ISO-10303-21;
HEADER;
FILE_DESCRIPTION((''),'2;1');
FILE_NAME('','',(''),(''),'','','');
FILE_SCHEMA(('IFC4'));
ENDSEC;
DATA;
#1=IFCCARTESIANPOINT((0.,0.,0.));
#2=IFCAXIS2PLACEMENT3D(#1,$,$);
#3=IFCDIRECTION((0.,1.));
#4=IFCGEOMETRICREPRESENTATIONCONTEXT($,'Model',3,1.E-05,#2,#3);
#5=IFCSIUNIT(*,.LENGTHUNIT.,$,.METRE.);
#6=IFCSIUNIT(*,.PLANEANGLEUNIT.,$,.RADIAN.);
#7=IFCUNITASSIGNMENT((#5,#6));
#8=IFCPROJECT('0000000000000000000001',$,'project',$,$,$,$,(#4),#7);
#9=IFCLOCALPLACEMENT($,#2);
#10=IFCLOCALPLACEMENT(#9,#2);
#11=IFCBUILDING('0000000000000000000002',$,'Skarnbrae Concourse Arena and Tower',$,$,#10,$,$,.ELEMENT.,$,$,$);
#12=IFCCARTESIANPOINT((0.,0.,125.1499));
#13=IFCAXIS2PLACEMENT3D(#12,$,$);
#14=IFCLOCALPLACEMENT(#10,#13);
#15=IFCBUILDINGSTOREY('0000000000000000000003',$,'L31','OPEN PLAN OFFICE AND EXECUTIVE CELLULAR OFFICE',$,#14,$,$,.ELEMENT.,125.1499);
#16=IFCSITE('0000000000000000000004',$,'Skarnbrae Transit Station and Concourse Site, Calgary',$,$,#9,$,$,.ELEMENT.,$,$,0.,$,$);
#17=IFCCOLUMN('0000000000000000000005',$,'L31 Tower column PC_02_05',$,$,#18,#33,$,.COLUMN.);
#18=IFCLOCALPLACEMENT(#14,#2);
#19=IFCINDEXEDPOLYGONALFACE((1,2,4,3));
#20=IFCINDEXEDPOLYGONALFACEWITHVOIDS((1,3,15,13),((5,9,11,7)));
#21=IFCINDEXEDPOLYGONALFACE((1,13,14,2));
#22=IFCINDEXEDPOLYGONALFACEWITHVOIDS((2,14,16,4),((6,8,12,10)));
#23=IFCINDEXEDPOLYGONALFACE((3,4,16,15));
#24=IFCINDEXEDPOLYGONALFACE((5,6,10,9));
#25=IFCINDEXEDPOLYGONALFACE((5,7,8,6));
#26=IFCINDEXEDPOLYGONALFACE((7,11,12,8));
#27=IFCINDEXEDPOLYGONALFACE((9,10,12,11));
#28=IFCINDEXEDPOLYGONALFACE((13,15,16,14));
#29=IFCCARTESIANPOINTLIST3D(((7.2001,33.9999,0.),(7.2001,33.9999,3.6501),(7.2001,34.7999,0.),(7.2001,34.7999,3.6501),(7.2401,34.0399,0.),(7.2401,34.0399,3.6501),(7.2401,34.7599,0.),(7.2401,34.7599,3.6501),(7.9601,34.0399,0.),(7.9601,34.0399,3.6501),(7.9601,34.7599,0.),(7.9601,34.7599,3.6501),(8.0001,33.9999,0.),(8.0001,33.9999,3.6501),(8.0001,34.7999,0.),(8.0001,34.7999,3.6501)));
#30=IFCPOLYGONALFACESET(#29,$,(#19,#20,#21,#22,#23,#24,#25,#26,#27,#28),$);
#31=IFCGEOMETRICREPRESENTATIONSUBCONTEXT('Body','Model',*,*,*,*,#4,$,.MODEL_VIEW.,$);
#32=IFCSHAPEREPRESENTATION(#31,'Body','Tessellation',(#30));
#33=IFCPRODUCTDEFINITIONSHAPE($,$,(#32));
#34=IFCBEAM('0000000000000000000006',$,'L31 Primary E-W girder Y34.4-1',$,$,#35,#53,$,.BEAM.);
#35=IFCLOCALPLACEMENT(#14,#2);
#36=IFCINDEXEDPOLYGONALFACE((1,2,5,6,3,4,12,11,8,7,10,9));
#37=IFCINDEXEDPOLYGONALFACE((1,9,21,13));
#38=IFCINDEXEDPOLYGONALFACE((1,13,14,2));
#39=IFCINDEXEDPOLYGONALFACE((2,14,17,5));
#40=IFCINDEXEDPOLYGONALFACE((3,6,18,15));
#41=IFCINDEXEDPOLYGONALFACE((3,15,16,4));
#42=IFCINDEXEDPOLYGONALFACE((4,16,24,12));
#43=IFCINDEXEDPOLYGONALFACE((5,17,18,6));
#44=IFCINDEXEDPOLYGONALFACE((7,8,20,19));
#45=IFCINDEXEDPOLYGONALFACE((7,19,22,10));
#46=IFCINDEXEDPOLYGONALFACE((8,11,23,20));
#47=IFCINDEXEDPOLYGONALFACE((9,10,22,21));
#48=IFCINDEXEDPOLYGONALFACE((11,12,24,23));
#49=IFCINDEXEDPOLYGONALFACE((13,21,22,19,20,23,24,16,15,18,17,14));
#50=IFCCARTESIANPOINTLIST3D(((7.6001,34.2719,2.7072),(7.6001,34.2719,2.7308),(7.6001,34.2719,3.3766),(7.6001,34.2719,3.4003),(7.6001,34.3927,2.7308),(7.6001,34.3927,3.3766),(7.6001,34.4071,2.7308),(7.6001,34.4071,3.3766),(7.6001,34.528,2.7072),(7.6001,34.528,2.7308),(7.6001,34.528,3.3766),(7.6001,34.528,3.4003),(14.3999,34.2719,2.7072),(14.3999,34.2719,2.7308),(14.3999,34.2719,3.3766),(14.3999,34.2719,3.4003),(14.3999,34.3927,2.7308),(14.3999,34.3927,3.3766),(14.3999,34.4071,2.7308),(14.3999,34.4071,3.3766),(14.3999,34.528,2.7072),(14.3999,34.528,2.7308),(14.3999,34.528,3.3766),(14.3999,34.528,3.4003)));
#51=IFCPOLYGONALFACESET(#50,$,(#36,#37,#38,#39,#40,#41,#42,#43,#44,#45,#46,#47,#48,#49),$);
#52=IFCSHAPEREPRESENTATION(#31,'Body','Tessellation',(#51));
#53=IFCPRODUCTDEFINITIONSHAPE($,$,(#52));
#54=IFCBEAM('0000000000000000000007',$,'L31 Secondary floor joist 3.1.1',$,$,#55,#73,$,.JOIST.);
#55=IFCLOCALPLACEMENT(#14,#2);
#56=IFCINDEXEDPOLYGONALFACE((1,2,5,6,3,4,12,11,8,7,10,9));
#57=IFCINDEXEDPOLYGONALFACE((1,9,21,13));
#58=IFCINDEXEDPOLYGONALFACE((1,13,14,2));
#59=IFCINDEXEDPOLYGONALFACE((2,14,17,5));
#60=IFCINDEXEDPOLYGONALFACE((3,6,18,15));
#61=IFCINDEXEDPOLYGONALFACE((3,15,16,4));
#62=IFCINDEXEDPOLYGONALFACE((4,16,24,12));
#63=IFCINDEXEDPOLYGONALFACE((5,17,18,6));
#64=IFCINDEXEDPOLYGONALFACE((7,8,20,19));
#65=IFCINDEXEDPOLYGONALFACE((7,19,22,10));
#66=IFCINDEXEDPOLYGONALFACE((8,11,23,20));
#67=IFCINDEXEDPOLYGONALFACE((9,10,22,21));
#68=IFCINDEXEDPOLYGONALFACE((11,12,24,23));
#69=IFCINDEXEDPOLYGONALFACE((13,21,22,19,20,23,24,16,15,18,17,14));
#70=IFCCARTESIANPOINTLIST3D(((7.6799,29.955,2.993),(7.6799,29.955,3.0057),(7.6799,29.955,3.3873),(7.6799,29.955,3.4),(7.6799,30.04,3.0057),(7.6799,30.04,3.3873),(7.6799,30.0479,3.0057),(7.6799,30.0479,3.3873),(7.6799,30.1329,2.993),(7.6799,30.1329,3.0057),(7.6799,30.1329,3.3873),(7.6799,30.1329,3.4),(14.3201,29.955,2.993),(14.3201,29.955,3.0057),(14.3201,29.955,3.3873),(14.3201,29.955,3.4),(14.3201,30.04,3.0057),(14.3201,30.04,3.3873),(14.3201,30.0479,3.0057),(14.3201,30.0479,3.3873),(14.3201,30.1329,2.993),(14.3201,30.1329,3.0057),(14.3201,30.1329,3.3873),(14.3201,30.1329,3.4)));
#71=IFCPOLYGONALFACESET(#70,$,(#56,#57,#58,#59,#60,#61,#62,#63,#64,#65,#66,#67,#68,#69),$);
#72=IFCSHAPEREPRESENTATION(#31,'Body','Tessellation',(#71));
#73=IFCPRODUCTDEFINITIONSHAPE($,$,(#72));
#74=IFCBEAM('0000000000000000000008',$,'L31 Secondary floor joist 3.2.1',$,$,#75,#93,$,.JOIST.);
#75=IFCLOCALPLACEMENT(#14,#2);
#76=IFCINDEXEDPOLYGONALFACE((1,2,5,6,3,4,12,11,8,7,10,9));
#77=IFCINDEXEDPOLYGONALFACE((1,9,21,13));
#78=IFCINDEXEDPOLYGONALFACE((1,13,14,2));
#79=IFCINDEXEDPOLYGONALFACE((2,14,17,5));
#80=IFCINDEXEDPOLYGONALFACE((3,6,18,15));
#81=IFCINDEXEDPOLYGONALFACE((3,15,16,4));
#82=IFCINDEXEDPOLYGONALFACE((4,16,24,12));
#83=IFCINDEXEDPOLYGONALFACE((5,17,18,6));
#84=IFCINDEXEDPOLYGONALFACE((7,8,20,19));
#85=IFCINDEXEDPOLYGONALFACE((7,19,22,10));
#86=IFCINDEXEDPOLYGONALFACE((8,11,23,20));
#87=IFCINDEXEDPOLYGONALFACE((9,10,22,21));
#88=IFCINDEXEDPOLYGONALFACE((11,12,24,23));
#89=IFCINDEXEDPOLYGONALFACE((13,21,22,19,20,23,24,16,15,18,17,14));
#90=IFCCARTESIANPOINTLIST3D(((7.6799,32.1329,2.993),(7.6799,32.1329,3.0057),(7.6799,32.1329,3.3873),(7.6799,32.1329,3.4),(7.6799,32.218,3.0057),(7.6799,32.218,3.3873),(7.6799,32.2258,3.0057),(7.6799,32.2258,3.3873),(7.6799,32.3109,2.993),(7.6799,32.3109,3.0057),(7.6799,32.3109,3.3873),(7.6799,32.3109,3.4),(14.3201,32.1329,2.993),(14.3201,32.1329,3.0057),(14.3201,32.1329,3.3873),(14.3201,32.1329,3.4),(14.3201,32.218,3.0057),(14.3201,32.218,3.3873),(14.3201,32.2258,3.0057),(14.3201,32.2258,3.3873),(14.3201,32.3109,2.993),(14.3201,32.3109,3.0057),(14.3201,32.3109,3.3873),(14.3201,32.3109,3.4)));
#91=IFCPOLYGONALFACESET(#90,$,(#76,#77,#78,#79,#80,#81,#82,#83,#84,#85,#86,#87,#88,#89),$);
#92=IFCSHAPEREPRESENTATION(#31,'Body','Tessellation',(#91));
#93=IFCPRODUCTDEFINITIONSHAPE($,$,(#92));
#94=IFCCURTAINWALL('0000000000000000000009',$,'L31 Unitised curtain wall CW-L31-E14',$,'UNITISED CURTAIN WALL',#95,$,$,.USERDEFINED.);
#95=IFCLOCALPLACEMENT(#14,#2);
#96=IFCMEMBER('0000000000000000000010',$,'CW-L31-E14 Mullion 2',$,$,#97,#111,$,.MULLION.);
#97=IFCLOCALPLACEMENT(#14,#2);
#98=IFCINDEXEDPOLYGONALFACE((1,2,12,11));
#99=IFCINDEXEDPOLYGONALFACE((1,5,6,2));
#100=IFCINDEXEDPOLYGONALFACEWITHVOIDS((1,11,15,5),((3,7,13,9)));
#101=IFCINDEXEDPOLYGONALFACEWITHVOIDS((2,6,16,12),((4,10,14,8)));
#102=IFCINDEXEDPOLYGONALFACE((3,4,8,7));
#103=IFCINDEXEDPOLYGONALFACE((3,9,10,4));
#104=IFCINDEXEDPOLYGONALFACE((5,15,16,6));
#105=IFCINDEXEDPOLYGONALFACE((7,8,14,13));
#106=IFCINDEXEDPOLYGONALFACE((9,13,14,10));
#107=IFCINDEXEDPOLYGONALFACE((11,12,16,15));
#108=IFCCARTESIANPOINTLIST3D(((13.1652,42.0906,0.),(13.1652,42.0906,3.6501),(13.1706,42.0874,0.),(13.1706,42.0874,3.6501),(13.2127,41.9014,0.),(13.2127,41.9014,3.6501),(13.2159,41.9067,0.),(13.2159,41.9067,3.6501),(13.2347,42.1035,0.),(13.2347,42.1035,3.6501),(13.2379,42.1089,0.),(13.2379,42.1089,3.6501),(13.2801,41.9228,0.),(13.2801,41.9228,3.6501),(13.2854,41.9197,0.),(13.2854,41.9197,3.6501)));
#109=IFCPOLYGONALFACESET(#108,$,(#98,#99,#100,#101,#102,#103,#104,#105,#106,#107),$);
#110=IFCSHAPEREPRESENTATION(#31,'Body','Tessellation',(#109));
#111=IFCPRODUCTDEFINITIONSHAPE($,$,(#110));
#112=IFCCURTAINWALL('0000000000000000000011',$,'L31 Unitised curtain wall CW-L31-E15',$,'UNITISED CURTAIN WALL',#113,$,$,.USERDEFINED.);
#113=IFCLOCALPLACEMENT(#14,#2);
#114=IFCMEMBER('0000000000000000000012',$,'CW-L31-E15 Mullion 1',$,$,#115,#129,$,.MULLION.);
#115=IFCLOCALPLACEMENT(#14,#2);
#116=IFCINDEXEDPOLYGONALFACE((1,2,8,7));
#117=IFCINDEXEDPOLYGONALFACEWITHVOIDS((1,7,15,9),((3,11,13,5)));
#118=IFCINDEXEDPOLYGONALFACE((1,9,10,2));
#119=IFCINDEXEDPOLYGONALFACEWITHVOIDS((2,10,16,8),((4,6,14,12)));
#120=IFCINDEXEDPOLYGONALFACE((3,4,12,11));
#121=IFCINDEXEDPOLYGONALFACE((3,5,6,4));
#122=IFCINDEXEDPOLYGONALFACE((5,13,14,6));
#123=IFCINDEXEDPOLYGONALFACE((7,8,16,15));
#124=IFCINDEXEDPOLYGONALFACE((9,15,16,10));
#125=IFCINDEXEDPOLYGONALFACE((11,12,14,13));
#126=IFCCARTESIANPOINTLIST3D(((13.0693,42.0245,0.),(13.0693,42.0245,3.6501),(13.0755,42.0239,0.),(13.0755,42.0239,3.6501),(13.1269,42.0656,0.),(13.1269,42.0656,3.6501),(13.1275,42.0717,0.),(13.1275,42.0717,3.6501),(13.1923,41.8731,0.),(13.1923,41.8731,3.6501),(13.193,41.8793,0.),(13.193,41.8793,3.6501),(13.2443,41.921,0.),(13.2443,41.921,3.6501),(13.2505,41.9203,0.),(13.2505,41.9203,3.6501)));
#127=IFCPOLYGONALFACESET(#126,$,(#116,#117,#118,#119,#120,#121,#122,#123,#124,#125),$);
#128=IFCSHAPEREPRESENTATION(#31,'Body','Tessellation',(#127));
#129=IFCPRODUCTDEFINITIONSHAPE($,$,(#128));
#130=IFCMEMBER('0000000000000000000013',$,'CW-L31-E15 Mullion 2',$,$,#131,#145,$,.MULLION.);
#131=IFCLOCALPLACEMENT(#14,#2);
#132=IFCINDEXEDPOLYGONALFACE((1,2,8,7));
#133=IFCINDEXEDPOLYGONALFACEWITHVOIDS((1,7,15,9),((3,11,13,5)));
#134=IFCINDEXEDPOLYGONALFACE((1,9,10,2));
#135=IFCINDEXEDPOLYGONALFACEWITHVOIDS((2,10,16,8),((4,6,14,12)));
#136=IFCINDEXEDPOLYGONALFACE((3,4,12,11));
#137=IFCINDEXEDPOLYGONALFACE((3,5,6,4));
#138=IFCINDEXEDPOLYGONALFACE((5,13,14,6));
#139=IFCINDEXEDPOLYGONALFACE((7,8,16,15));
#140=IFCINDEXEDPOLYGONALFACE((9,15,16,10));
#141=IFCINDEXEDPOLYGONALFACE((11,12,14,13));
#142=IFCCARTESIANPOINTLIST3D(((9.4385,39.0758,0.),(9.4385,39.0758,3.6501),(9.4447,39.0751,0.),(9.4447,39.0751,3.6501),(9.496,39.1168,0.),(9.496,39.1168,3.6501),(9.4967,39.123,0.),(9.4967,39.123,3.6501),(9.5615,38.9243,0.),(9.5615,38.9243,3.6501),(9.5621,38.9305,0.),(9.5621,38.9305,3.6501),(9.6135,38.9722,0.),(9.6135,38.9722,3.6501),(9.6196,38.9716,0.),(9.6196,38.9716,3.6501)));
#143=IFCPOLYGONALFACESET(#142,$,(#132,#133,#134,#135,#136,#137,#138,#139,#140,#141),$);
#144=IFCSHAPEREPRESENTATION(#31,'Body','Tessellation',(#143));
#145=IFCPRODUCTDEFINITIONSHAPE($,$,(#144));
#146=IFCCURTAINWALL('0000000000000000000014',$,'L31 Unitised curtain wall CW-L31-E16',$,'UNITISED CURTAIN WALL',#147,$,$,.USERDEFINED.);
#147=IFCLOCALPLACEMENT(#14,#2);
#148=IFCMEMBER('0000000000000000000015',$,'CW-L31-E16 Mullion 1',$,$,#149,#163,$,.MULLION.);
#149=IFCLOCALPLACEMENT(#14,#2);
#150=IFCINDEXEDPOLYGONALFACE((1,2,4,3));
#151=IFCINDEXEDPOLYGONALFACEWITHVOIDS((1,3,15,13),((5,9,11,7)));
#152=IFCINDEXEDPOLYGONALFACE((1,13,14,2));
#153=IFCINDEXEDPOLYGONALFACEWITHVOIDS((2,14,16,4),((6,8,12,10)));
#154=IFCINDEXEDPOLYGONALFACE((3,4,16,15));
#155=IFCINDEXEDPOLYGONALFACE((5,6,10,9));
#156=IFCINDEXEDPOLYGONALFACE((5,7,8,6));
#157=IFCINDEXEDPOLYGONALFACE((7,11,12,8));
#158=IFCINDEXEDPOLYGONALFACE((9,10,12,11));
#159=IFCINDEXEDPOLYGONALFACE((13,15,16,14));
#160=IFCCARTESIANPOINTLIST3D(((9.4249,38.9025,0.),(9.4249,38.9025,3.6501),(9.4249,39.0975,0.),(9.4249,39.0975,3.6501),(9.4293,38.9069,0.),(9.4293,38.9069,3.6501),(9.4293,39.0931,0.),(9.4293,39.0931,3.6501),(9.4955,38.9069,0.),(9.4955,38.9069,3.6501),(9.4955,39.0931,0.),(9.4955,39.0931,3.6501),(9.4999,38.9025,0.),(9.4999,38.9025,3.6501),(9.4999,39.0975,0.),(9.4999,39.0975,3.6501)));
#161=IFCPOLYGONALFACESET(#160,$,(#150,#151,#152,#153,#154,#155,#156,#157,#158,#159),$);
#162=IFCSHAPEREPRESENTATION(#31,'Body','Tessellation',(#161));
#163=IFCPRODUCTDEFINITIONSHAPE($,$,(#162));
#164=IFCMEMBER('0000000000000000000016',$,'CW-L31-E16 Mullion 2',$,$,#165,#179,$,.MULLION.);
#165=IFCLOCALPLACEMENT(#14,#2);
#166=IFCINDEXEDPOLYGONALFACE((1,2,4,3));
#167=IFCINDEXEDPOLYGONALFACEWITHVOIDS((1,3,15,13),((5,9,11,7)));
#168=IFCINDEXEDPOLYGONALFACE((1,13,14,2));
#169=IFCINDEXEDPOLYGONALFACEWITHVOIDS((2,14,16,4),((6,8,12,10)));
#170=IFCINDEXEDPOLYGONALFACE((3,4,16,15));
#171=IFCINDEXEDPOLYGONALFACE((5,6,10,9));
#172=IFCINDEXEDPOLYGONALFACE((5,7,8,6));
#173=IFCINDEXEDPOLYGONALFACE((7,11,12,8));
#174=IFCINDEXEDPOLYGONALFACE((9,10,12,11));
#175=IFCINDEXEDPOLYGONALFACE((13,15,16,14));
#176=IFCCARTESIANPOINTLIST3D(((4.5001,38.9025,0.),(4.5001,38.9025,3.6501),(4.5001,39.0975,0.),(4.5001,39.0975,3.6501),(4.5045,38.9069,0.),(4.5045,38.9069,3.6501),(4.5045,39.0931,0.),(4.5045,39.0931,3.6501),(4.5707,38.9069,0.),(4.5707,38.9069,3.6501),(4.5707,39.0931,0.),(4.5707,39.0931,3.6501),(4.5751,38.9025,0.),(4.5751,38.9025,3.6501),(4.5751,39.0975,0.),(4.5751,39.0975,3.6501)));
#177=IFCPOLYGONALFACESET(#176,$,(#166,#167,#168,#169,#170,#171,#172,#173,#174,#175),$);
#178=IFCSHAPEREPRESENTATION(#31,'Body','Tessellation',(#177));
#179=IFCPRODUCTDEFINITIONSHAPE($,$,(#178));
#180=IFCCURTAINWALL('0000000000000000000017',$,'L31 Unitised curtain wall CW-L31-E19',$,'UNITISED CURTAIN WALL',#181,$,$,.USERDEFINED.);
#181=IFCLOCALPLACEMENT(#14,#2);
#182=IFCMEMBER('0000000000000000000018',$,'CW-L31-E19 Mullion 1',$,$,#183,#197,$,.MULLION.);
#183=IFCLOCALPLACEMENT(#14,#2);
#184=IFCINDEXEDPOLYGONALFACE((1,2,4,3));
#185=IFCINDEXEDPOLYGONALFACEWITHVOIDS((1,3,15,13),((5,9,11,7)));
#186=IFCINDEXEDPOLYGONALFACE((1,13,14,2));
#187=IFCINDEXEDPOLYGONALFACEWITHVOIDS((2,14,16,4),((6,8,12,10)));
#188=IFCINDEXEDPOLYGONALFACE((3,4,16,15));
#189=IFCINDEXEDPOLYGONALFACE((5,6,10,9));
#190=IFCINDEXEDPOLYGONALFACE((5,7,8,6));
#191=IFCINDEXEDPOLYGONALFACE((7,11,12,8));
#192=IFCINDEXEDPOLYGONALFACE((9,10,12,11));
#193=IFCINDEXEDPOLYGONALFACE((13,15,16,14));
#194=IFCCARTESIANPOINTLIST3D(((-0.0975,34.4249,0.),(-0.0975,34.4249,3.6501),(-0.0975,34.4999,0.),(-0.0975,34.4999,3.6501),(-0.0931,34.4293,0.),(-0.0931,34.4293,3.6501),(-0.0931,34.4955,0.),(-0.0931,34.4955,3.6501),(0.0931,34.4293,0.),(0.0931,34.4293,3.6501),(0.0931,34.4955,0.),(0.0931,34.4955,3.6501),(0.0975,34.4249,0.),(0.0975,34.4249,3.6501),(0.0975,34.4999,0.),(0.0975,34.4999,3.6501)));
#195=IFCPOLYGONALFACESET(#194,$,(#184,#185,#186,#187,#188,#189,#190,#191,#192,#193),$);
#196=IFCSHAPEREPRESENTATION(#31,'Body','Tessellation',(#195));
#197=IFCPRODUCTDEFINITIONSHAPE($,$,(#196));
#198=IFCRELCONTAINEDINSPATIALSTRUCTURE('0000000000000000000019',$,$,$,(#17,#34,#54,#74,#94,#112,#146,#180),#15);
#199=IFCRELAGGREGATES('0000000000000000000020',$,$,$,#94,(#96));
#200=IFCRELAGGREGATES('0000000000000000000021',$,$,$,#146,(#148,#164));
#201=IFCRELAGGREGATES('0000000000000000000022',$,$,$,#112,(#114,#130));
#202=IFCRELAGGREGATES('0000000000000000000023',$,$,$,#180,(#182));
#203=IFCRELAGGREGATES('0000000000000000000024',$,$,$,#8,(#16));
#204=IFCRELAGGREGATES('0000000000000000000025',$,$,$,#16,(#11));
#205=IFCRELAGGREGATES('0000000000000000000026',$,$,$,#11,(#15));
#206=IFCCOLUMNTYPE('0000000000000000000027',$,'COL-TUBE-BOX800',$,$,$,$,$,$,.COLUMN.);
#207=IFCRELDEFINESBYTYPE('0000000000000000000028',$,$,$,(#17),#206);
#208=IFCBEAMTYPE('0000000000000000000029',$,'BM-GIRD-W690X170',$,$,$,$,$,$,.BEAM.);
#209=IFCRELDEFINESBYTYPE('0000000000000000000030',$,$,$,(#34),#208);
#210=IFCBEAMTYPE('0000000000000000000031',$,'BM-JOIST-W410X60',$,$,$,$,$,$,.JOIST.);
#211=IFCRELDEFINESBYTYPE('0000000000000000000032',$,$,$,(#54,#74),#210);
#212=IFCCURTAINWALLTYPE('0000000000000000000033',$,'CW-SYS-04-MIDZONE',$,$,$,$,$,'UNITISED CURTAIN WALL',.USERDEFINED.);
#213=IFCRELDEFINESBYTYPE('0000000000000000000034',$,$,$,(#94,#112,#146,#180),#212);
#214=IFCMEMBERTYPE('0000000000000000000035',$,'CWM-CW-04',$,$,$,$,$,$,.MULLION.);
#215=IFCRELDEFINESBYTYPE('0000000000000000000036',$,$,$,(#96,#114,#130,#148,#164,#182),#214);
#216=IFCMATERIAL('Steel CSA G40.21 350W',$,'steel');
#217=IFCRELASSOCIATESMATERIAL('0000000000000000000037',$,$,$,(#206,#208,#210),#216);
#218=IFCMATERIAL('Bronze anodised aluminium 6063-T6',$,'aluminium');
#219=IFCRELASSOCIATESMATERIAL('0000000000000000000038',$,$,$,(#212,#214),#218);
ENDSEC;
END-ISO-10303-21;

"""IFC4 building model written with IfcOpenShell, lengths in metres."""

from ifc_helpers import new_model, si_unit, direction, frame, origin, origin_2d, place, context, subcontext, project, spatial, hollow_rectangle, i_section, extrude, source, transform, mapped, material, material_profile, profile_set, type_object, element, aggregate, save


model = new_model("IFC4")

# Units and contexts
model_context = context("Model", 3, precision=1e-05, world=origin(), true_north=direction((0.0, 1.0)))
body_context = subcontext(model_context, "Body", "Model", "MODEL_VIEW")
ifc_project = project(units=[si_unit("LENGTHUNIT", "METRE"), si_unit("PLANEANGLEUNIT", "RADIAN")], contexts=[model_context])

# Site, building, storey
site_placement = place(None, origin())
site = spatial("IfcSite", under=ifc_project, at=site_placement, Name="Skarnbrae Transit Station and Concourse Site, Calgary", CompositionType="ELEMENT", RefElevation=0.0)
building_placement = place(site_placement, origin())
building = spatial("IfcBuilding", under=site, at=building_placement, Name="Skarnbrae Concourse Arena and Tower", CompositionType="ELEMENT")
storey_placement = place(building_placement, frame((0.0, 0.0, 125.1499)))
storey = spatial("IfcBuildingStorey", under=building, at=storey_placement, Name="L31", Description="OPEN PLAN OFFICE AND EXECUTIVE CELLULAR OFFICE", CompositionType="ELEMENT", Elevation=125.1499)

# Column
ifc_material_1 = material(Name="Steel CSA G40.21 350W", Category="steel")
ifc_material_profile_1 = material_profile(ifc_material_1, hollow_rectangle(XDim=0.8, YDim=0.8, WallThickness=0.04, at=origin_2d()), Name="BOX800X800X40")
ifc_profile_set_1 = profile_set([ifc_material_profile_1], Name="Steel CSA G40.21 350W")
column_type = type_object("IfcColumnType", Name="COL-TUBE-BOX800", PredefinedType="COLUMN", material=ifc_profile_set_1)
shared_shape_1 = source(origin(), body_context, "Body", "SweptSolid", [
    extrude(hollow_rectangle(XDim=0.8, YDim=0.8, WallThickness=0.04, at=origin_2d()), origin(), (0.0, 0.0, 1.0), 3.6501),
])
column_placement = place(storey_placement, frame((7.6001, 34.3999, 0.0), z_axis=(0.0, 0.0, 1.0), x_axis=(1.0, 0.0, 0.0)))
element("IfcColumn", 1, at=column_placement, inside=storey, type_object=column_type, Name="L31 Tower column PC_02_05", PredefinedType="COLUMN", context=body_context, shape_type="MappedRepresentation", body=[
    mapped(shared_shape_1, transform((0.0, 0.0, 0.0))),
])

# Beams
ifc_material_profile_2 = material_profile(ifc_material_1, i_section(OverallWidth=0.2561, OverallDepth=0.6931, WebThickness=0.0144, FlangeThickness=0.0237, at=origin_2d()), Name="W690X170")
ifc_profile_set_2 = profile_set([ifc_material_profile_2], Name="Steel CSA G40.21 350W")
beam_type_1 = type_object("IfcBeamType", Name="BM-GIRD-W690X170", PredefinedType="BEAM", material=ifc_profile_set_2)
shared_shape_2 = source(origin(), body_context, "Body", "SweptSolid", [
    extrude(i_section(OverallWidth=0.2561, OverallDepth=0.6931, WebThickness=0.0144, FlangeThickness=0.0237, at=origin_2d()), origin(), (0.0, 0.0, 1.0), 6.7998),
])
beam_placement = place(storey_placement, frame((7.6001, 34.3999, 3.0537), z_axis=(1.0, 0.0, 0.0), x_axis=(0.0, 1.0, 0.0)))
element("IfcBeam", 2, at=beam_placement, inside=storey, type_object=beam_type_1, Name="L31 Primary E-W girder Y34.4-1", PredefinedType="BEAM", context=body_context, shape_type="MappedRepresentation", body=[
    mapped(shared_shape_2, transform((0.0, 0.0, 0.0))),
])
ifc_material_profile_3 = material_profile(ifc_material_1, i_section(OverallWidth=0.178, OverallDepth=0.407, WebThickness=0.0078, FlangeThickness=0.0127, at=origin_2d()), Name="W410X60")
ifc_profile_set_3 = profile_set([ifc_material_profile_3], Name="Steel CSA G40.21 350W")
beam_type_2 = type_object("IfcBeamType", Name="BM-JOIST-W410X60", PredefinedType="JOIST", material=ifc_profile_set_3)
shared_shape_3 = source(origin(), body_context, "Body", "SweptSolid", [
    extrude(i_section(OverallWidth=0.178, OverallDepth=0.407, WebThickness=0.0078, FlangeThickness=0.0127, at=origin_2d()), origin(), (0.0, 0.0, 1.0), 6.6401),
])
for number, where, z_axis, x_axis, name in (
    (3, (7.6799, 30.0439, 3.1965), (1.0, 0.0, 0.0), (0.0, 1.0, 0.0), "L31 Secondary floor joist 3.1.1"),
    (4, (7.6799, 32.2219, 3.1965), (1.0, 0.0, 0.0), (0.0, 1.0, 0.0), "L31 Secondary floor joist 3.2.1"),
):
    element("IfcBeam", number, at=place(storey_placement, frame(where, z_axis=z_axis, x_axis=x_axis)), inside=storey, type_object=beam_type_2, Name=name, PredefinedType="JOIST", context=body_context, shape_type="MappedRepresentation", body=[
        mapped(shared_shape_3, transform((0.0, 0.0, 0.0))),
    ])

# Curtain wall, member
ifc_material_2 = material(Name="Bronze anodised aluminium 6063-T6", Category="aluminium")
curtain_wall_type = type_object("IfcCurtainWallType", Name="CW-SYS-04-MIDZONE", ElementType="UNITISED CURTAIN WALL", PredefinedType="USERDEFINED", material=ifc_material_2)
curtain_wall_1_placement = place(storey_placement, origin())
curtain_wall_1 = element("IfcCurtainWall", 5, at=curtain_wall_1_placement, inside=storey, type_object=curtain_wall_type, Name="L31 Unitised curtain wall CW-L31-E14", ObjectType="UNITISED CURTAIN WALL", PredefinedType="USERDEFINED")
ifc_material_profile_4 = material_profile(ifc_material_2, hollow_rectangle(XDim=0.075, YDim=0.1951, WallThickness=0.0044, at=origin_2d()), Name="ALU-MULL-75X195")
ifc_profile_set_4 = profile_set([ifc_material_profile_4], Name="Bronze anodised aluminium 6063-T6")
member_type_1 = type_object("IfcMemberType", Name="CWM-CW-04", PredefinedType="MULLION", material=ifc_profile_set_4)
shared_shape_4 = source(origin(), body_context, "Body", "SweptSolid", [
    extrude(hollow_rectangle(XDim=0.075, YDim=0.1951, WallThickness=0.0044, at=origin_2d()), origin(), (0.0, 0.0, 1.0), 3.6501),
])
member_1_placement = place(storey_placement, frame((13.2253, 42.0051, 0.0), z_axis=(0.0, 0.0, 1.0), x_axis=(-0.969903, -0.243491, 0.0)))
member_1 = element("IfcMember", 6, at=member_1_placement, type_object=member_type_1, Name="CW-L31-E14 Mullion 2", PredefinedType="MULLION", context=body_context, shape_type="MappedRepresentation", body=[
    mapped(shared_shape_4, transform((0.0, 0.0, 0.0))),
])
aggregate(curtain_wall_1, [member_1])

# Curtain walls, members
curtain_wall_2_placement = place(storey_placement, origin())
curtain_wall_2 = element("IfcCurtainWall", 7, at=curtain_wall_2_placement, inside=storey, type_object=curtain_wall_type, Name="L31 Unitised curtain wall CW-L31-E15", ObjectType="UNITISED CURTAIN WALL", PredefinedType="USERDEFINED")
member_2_placement = place(storey_placement, frame((13.1599, 41.9724, 0.0), z_axis=(0.0, 0.0, 1.0), x_axis=(-0.776241, -0.630436, 0.0)))
member_2 = element("IfcMember", 8, at=member_2_placement, type_object=member_type_1, Name="CW-L31-E15 Mullion 1", PredefinedType="MULLION", context=body_context, shape_type="MappedRepresentation", body=[
    mapped(shared_shape_4, transform((0.0, 0.0, 0.0))),
])
member_3_placement = place(storey_placement, frame((9.5291, 39.0237, 0.0), z_axis=(0.0, 0.0, 1.0), x_axis=(-0.776241, -0.630436, 0.0)))
member_3 = element("IfcMember", 9, at=member_3_placement, type_object=member_type_1, Name="CW-L31-E15 Mullion 2", PredefinedType="MULLION", context=body_context, shape_type="MappedRepresentation", body=[
    mapped(shared_shape_4, transform((0.0, 0.0, 0.0))),
])
curtain_wall_3_placement = place(storey_placement, origin())
curtain_wall_3 = element("IfcCurtainWall", 10, at=curtain_wall_3_placement, inside=storey, type_object=curtain_wall_type, Name="L31 Unitised curtain wall CW-L31-E16", ObjectType="UNITISED CURTAIN WALL", PredefinedType="USERDEFINED")
member_4_placement = place(storey_placement, frame((9.4624, 39.0, 0.0), z_axis=(0.0, 0.0, 1.0), x_axis=(-1.0, 0.0, 0.0)))
member_4 = element("IfcMember", 11, at=member_4_placement, type_object=member_type_1, Name="CW-L31-E16 Mullion 1", PredefinedType="MULLION", context=body_context, shape_type="MappedRepresentation", body=[
    mapped(shared_shape_4, transform((0.0, 0.0, 0.0))),
])
member_5_placement = place(storey_placement, frame((4.5376, 39.0, 0.0), z_axis=(0.0, 0.0, 1.0), x_axis=(-1.0, 0.0, 0.0)))
member_5 = element("IfcMember", 12, at=member_5_placement, type_object=member_type_1, Name="CW-L31-E16 Mullion 2", PredefinedType="MULLION", context=body_context, shape_type="MappedRepresentation", body=[
    mapped(shared_shape_4, transform((0.0, 0.0, 0.0))),
])

# Curtain wall, member
curtain_wall_4_placement = place(storey_placement, origin())
curtain_wall_4 = element("IfcCurtainWall", 13, at=curtain_wall_4_placement, inside=storey, type_object=curtain_wall_type, Name="L31 Unitised curtain wall CW-L31-E19", ObjectType="UNITISED CURTAIN WALL", PredefinedType="USERDEFINED")
member_6_placement = place(storey_placement, frame((0.0, 34.4624, 0.0), z_axis=(0.0, 0.0, 1.0), x_axis=(0.0, -1.0, 0.0)))
member_6 = element("IfcMember", 14, at=member_6_placement, type_object=member_type_1, Name="CW-L31-E19 Mullion 1", PredefinedType="MULLION", context=body_context, shape_type="MappedRepresentation", body=[
    mapped(shared_shape_4, transform((0.0, 0.0, 0.0))),
])

aggregate(curtain_wall_3, [member_4, member_5])
aggregate(curtain_wall_2, [member_2, member_3])
aggregate(curtain_wall_4, [member_6])

save(model, "model.ifc")
